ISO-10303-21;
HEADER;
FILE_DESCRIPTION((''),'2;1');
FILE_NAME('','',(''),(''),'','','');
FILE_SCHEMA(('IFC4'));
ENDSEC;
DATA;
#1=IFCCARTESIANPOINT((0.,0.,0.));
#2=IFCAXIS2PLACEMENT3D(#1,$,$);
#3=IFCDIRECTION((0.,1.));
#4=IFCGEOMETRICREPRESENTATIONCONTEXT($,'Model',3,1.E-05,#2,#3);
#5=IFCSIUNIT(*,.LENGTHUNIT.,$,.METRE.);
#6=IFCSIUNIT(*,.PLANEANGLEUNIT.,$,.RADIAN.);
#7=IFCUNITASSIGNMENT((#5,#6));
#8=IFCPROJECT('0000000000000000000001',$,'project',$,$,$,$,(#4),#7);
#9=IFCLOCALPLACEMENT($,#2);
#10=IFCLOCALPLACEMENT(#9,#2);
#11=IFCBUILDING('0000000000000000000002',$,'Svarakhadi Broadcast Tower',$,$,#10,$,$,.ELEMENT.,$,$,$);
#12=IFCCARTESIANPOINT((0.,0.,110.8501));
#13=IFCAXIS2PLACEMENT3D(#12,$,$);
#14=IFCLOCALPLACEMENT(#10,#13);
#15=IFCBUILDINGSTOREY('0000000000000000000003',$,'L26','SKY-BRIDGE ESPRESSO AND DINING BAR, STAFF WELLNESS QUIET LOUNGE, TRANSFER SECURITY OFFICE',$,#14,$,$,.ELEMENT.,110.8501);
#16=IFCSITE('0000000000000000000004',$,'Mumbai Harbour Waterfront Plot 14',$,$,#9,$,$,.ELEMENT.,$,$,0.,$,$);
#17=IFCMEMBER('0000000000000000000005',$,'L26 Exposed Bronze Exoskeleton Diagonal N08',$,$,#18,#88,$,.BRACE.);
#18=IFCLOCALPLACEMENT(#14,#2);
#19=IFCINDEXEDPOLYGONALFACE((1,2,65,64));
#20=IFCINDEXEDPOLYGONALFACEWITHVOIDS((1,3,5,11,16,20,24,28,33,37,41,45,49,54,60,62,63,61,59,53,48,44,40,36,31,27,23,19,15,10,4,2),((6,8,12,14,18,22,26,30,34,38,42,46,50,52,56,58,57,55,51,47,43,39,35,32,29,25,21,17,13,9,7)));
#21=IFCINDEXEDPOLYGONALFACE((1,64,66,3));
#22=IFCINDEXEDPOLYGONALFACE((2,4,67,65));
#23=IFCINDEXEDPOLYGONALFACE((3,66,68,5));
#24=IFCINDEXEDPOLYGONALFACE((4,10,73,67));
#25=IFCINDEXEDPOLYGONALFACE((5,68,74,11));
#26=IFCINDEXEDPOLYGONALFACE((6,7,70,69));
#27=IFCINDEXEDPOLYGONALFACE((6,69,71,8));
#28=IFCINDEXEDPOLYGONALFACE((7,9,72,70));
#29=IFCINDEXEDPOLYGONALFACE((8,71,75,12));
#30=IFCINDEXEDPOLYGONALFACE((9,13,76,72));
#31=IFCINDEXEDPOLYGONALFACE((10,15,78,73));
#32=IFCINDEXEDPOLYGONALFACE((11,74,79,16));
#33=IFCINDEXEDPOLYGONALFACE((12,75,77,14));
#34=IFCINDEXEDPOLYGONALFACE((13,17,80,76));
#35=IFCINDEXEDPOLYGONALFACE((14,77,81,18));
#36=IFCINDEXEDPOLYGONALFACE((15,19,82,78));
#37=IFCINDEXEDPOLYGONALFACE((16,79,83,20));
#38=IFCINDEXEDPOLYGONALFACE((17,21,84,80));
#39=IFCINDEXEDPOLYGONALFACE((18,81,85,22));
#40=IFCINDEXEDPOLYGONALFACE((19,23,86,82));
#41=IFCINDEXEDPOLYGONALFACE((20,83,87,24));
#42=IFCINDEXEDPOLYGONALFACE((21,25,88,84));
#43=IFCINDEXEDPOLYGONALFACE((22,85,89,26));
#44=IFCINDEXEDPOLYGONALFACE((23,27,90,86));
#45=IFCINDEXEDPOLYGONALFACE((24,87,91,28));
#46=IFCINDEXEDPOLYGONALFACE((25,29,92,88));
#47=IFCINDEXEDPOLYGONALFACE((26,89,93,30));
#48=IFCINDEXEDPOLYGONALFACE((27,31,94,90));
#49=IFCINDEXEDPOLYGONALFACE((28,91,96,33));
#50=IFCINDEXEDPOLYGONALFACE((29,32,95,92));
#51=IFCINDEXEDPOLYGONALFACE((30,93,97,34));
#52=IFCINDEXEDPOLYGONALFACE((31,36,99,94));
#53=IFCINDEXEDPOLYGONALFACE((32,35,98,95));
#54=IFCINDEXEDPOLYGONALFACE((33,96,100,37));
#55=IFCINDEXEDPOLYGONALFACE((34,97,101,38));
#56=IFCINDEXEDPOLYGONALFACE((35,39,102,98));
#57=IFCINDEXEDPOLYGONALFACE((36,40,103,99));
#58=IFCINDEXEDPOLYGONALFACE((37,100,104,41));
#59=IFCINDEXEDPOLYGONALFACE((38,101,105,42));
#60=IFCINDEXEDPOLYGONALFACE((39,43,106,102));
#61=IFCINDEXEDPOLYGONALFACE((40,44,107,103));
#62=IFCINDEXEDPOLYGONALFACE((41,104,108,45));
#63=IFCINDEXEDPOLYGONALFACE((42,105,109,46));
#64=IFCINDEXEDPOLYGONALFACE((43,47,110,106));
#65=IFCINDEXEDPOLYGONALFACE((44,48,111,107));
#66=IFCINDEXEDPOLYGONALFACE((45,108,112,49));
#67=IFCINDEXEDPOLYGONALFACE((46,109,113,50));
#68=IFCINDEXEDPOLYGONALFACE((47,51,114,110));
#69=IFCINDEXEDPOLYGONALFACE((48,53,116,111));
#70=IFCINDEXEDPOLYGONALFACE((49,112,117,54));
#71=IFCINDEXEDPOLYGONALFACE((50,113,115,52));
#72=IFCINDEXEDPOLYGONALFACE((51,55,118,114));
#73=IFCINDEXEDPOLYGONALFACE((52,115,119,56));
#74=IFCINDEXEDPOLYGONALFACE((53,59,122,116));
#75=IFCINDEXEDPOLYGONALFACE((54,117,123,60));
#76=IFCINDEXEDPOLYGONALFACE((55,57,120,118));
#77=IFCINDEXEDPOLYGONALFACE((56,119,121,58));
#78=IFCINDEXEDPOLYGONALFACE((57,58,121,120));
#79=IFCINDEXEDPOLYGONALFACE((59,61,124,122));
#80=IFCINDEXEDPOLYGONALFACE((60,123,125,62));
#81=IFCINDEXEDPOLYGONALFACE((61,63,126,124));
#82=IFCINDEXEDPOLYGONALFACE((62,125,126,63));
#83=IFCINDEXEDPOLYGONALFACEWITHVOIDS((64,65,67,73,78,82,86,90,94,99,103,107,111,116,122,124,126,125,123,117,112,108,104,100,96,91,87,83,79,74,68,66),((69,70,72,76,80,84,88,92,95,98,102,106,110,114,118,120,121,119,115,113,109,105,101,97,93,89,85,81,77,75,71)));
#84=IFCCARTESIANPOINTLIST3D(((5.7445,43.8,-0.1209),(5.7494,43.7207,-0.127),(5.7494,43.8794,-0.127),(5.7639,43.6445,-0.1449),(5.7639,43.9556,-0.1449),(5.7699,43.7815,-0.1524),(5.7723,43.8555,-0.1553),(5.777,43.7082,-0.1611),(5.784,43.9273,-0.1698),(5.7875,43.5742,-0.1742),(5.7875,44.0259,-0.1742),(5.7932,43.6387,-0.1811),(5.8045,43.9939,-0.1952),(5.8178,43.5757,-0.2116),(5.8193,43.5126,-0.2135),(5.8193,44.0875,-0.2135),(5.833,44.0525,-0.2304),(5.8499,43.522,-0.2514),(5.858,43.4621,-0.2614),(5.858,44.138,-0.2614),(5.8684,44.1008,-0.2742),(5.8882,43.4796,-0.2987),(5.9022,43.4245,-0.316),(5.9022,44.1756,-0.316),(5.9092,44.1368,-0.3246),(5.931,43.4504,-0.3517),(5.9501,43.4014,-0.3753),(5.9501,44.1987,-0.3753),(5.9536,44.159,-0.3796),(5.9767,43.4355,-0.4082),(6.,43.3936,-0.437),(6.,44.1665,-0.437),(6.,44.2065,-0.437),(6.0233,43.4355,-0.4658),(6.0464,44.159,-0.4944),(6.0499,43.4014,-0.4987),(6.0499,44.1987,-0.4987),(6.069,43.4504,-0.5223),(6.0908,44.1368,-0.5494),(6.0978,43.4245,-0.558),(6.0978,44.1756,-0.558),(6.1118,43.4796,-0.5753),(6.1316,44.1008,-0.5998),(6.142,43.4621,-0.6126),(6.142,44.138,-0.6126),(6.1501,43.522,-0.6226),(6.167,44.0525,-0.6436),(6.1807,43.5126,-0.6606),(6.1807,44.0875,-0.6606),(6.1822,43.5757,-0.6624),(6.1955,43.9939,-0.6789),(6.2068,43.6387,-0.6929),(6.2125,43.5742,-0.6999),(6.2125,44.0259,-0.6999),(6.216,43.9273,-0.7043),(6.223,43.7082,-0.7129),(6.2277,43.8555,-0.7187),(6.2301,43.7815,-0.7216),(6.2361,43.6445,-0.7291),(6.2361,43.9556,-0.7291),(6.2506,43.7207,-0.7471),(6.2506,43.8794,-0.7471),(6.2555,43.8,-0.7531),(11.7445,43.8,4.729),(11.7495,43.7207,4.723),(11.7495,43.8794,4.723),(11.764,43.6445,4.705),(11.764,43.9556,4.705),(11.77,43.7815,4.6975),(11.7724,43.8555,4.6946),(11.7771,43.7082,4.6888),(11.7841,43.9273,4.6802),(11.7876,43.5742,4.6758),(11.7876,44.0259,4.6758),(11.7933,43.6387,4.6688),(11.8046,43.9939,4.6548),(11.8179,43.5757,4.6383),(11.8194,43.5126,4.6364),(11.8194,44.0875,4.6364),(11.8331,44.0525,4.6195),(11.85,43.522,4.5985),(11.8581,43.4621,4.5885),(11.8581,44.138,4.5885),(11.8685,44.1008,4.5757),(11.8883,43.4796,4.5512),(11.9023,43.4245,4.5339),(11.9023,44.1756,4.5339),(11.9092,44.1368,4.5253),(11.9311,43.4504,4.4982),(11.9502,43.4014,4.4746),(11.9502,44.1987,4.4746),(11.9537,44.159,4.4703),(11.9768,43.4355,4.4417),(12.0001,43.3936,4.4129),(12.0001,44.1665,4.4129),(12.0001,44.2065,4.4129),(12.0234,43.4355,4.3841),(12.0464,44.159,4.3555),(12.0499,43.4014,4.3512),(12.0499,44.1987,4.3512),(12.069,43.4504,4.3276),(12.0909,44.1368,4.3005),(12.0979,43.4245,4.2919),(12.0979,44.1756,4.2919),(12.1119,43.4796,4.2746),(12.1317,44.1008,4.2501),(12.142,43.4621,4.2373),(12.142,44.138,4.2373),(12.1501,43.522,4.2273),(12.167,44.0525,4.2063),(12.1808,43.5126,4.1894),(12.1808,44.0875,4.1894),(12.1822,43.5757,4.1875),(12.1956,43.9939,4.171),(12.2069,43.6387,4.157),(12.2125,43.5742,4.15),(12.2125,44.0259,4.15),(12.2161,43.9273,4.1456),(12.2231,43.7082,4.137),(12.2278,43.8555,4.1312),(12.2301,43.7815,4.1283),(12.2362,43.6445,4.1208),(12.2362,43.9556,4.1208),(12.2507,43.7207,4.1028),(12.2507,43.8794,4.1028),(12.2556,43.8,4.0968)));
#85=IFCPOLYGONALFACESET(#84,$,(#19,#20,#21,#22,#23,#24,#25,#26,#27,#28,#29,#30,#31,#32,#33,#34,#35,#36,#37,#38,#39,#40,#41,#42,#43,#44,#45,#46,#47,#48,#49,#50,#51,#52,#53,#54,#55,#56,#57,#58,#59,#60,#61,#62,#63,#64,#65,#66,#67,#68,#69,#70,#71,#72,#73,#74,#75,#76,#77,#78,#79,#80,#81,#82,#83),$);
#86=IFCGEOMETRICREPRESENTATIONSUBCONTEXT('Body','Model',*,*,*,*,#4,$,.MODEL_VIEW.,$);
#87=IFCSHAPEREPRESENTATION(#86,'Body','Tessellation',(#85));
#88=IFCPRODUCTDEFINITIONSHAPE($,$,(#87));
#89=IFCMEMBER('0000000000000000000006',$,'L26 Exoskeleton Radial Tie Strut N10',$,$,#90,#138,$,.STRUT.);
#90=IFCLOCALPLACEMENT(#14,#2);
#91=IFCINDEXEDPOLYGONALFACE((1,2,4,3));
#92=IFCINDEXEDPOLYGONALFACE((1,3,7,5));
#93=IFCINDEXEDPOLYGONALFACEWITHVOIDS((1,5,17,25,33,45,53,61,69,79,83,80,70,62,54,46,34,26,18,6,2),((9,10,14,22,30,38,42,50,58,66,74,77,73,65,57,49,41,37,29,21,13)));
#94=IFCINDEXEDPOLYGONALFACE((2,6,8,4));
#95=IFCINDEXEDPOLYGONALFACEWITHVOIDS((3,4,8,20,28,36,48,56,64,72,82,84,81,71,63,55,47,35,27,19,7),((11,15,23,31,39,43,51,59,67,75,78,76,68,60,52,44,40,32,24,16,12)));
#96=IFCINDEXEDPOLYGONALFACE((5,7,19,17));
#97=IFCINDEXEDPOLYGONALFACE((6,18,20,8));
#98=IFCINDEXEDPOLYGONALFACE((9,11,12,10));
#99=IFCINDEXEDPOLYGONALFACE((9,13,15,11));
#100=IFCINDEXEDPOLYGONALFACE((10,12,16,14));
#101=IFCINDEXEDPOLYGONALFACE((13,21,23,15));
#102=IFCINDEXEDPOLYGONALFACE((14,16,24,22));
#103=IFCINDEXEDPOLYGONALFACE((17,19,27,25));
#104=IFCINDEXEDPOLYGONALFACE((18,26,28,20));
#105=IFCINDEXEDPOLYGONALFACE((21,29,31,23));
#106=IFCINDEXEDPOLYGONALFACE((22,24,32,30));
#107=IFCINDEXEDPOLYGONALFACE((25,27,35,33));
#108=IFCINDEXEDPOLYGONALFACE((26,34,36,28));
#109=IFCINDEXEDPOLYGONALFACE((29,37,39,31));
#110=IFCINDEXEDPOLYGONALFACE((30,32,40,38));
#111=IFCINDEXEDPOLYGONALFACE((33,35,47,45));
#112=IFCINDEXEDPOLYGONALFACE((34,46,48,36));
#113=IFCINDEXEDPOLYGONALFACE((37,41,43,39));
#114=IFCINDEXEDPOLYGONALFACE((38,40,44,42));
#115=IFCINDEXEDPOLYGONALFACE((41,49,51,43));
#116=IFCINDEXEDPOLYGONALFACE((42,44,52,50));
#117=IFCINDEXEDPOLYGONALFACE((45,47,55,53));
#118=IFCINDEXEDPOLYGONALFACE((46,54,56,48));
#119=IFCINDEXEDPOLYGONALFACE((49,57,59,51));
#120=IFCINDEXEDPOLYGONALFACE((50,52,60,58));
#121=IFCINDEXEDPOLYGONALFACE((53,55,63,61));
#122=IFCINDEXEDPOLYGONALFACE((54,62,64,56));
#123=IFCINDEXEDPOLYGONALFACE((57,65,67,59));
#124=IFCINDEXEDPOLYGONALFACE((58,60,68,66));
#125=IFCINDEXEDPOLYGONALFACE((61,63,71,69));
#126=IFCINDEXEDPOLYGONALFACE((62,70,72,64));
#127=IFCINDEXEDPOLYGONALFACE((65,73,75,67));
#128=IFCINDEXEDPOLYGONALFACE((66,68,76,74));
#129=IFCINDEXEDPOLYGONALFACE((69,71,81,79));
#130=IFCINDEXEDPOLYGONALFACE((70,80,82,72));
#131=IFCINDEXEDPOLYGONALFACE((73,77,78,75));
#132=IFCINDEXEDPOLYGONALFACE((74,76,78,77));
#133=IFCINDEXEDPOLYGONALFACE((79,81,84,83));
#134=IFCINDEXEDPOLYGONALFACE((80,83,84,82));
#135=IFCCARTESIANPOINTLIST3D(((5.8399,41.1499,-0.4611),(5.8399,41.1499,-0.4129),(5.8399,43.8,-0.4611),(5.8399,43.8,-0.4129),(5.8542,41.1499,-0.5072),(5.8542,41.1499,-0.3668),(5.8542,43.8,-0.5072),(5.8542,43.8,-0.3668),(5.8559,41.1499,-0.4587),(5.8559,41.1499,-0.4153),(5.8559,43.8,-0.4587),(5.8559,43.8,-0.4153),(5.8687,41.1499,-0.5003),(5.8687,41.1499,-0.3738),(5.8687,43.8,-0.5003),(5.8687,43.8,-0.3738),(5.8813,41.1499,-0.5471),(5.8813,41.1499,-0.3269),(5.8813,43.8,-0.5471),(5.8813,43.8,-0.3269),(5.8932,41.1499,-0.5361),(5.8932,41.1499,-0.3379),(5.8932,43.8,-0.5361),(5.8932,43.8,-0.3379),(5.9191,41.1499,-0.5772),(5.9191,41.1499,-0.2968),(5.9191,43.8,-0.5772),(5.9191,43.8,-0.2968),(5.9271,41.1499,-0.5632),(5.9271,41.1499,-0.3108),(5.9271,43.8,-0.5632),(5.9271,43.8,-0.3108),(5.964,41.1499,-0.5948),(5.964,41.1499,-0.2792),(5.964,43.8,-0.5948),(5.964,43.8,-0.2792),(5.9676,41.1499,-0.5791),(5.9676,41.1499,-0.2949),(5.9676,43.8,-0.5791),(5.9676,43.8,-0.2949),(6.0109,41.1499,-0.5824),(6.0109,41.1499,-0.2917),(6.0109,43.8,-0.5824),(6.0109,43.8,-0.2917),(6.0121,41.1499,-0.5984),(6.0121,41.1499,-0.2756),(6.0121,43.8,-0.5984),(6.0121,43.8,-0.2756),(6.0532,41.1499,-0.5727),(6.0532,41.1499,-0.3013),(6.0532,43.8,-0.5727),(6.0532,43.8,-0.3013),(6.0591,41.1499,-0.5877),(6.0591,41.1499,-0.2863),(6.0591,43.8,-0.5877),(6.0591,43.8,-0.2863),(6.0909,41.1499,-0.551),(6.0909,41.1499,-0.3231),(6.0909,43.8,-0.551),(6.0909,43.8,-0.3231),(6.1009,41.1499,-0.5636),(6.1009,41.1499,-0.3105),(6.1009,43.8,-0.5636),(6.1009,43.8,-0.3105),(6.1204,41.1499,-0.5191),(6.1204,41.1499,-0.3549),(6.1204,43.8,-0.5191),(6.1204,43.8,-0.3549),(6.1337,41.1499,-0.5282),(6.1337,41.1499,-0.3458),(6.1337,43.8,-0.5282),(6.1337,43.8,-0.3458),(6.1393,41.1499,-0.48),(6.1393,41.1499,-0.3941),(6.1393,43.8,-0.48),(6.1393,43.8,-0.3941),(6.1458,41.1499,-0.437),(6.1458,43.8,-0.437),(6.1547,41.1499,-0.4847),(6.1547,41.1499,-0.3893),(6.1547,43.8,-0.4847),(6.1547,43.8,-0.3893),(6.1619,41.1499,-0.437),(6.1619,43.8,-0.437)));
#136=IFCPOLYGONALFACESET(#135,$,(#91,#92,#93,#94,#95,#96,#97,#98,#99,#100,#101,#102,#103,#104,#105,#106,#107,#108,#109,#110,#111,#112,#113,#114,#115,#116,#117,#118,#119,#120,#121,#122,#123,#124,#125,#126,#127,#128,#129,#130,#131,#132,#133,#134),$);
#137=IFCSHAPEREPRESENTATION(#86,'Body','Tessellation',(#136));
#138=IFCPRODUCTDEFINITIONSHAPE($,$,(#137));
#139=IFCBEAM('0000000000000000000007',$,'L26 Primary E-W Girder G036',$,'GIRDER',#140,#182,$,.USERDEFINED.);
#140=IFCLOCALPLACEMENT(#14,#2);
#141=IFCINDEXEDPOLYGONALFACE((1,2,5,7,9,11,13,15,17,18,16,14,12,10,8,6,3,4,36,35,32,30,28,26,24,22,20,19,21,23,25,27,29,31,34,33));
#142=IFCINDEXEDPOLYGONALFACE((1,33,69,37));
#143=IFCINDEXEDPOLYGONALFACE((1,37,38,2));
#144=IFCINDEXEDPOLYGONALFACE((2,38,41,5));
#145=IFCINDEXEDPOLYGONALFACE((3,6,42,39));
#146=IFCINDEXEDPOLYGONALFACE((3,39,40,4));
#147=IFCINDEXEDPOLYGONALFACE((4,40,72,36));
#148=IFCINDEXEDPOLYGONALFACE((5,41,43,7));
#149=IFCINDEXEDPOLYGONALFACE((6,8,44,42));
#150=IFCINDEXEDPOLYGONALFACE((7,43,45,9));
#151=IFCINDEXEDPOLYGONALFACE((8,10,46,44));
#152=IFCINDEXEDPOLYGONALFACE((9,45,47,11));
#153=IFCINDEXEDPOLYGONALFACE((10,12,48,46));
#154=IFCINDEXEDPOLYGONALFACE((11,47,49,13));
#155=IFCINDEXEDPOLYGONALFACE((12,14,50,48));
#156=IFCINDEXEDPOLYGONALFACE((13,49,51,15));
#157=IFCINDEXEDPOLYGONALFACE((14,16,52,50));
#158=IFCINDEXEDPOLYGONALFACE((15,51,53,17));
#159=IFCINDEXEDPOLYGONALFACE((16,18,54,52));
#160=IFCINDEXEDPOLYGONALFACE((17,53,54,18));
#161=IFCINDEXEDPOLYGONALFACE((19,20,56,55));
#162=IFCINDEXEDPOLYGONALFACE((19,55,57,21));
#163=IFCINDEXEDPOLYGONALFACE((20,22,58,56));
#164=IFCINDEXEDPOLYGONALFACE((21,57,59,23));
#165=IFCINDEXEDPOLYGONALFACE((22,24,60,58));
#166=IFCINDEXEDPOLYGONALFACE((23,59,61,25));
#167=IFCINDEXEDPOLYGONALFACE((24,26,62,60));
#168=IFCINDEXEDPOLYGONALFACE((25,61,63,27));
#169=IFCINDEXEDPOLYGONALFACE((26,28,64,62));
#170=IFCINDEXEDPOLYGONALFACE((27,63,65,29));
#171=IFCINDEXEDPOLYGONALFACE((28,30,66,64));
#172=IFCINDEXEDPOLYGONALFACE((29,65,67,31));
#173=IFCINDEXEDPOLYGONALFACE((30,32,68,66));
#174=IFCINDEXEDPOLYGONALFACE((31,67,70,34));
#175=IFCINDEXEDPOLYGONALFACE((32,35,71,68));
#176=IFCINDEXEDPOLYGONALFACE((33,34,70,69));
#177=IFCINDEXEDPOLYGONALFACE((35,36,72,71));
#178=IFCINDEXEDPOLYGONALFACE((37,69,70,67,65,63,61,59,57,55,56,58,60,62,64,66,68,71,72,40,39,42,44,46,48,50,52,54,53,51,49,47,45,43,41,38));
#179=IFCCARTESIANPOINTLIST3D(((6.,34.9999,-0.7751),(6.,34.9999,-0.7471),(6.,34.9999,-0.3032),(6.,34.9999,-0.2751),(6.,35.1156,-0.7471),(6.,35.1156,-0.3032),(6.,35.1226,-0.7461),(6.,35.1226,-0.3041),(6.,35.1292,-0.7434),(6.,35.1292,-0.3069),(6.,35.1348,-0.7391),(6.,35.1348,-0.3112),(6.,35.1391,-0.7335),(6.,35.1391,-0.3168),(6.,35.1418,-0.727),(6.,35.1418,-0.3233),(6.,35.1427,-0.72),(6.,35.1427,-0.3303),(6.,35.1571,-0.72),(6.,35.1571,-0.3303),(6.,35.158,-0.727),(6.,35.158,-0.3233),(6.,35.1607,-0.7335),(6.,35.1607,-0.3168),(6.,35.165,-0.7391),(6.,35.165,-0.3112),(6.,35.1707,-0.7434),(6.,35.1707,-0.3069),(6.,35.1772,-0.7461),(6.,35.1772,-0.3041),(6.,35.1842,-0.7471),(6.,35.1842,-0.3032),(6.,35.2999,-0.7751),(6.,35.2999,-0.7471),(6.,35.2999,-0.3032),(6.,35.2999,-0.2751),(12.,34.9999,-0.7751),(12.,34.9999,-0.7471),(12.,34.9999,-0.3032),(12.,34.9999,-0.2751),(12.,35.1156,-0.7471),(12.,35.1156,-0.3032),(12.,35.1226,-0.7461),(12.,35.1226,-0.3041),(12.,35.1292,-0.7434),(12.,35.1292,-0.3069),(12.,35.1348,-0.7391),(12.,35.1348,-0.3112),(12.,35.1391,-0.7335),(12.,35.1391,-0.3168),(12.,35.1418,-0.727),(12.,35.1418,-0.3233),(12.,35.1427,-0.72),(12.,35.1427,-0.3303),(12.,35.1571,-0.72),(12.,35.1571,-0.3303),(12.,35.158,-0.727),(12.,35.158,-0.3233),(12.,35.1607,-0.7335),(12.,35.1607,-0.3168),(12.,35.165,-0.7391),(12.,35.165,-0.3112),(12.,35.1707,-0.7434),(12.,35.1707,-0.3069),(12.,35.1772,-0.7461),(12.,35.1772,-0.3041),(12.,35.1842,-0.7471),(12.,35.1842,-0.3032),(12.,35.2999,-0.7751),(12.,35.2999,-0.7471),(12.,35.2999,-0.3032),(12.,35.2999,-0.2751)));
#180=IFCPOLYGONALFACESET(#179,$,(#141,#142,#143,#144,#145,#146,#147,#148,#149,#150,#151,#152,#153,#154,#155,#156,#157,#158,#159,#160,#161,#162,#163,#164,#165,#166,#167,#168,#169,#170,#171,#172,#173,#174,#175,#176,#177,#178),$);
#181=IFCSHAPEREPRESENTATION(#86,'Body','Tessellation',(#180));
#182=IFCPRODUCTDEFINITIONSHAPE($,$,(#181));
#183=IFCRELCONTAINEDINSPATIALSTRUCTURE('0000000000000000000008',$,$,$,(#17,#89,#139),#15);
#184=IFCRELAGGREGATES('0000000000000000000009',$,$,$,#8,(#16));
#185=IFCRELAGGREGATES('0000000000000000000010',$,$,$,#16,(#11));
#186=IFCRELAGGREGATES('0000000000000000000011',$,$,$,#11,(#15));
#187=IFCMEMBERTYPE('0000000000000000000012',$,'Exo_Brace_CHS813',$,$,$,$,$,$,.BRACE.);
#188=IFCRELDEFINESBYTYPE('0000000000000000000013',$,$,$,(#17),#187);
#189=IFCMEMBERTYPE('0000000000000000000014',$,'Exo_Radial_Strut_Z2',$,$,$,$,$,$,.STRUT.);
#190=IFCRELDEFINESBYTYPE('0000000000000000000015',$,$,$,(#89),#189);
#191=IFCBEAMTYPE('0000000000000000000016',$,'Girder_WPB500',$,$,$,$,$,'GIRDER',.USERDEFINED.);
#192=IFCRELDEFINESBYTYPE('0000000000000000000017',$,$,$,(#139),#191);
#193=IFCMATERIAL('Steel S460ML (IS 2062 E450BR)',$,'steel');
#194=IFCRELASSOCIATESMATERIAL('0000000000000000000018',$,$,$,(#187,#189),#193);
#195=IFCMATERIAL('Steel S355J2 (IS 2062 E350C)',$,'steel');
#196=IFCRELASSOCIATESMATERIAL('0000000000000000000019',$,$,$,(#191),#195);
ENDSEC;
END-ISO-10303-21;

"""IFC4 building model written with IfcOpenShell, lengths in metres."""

from ifc_helpers import new_model, si_unit, direction, frame, origin, origin_2d, place, context, subcontext, project, spatial, hollow_circle, i_section, extrude, material, material_profile, profile_set, type_object, element, save


model = new_model("IFC4")

# Units and contexts
model_context = context("Model", 3, precision=1e-05, world=origin(), true_north=direction((0.0, 1.0)))
body_context = subcontext(model_context, "Body", "Model", "MODEL_VIEW")
ifc_project = project(units=[si_unit("LENGTHUNIT", "METRE"), si_unit("PLANEANGLEUNIT", "RADIAN")], contexts=[model_context])

# Site, building, storey
site_placement = place(None, origin())
site = spatial("IfcSite", under=ifc_project, at=site_placement, Name="Mumbai Harbour Waterfront Plot 14", CompositionType="ELEMENT", RefElevation=0.0)
building_placement = place(site_placement, origin())
building = spatial("IfcBuilding", under=site, at=building_placement, Name="Svarakhadi Broadcast Tower", CompositionType="ELEMENT")
storey_placement = place(building_placement, frame((0.0, 0.0, 110.8501)))
storey = spatial("IfcBuildingStorey", under=building, at=storey_placement, Name="L26", Description="SKY-BRIDGE ESPRESSO AND DINING BAR, STAFF WELLNESS QUIET LOUNGE, TRANSFER SECURITY OFFICE", CompositionType="ELEMENT", Elevation=110.8501)

# Shared definitions
ifc_material_1 = material(Name="Steel S460ML (IS 2062 E450BR)", Category="steel")

# Shared definitions
ifc_material_2 = material(Name="Steel S355J2 (IS 2062 E350C)", Category="steel")

# Members
ifc_material_profile_1 = material_profile(ifc_material_1, hollow_circle(Radius=0.4065, WallThickness=0.04, at=origin_2d()), Name="CHS 813x40")
ifc_profile_set_1 = profile_set([ifc_material_profile_1], Name="Steel S460ML (IS 2062 E450BR)")
member_type_1 = type_object("IfcMemberType", Name="Exo_Brace_CHS813", PredefinedType="BRACE", material=ifc_profile_set_1)
member_1_placement = place(storey_placement, frame((6.0, 43.8, -0.437), z_axis=(0.777707, 0.0, 0.628627), x_axis=(0.0, 1.0, 0.0)))
element("IfcMember", 1, at=member_1_placement, inside=storey, type_object=member_type_1, Name="L26 Exposed Bronze Exoskeleton Diagonal N08", PredefinedType="BRACE", context=body_context, shape_type="SweptSolid", body=[
    extrude(hollow_circle(Radius=0.4065, WallThickness=0.04, at=origin_2d()), origin(), (0.0, 0.0, 1.0), 7.7151),
])
ifc_material_profile_2 = material_profile(ifc_material_1, hollow_circle(Radius=0.1619, WallThickness=0.0161, at=origin_2d()), Name="CHS 323.9x16")
ifc_profile_set_2 = profile_set([ifc_material_profile_2], Name="Steel S460ML (IS 2062 E450BR)")
member_type_2 = type_object("IfcMemberType", Name="Exo_Radial_Strut_Z2", PredefinedType="STRUT", material=ifc_profile_set_2)
member_2_placement = place(storey_placement, frame((6.0, 43.8, -0.437), z_axis=(0.0, -1.0, 0.0), x_axis=(1.0, 0.0, 0.0)))
element("IfcMember", 2, at=member_2_placement, inside=storey, type_object=member_type_2, Name="L26 Exoskeleton Radial Tie Strut N10", PredefinedType="STRUT", context=body_context, shape_type="SweptSolid", body=[
    extrude(hollow_circle(Radius=0.1619, WallThickness=0.0161, at=origin_2d()), origin(), (0.0, 0.0, 1.0), 2.6501),
])

# Beam
ifc_material_profile_3 = material_profile(ifc_material_2, i_section(OverallWidth=0.3, OverallDepth=0.5, WebThickness=0.0144, FlangeThickness=0.0281, FilletRadius=0.0271, at=origin_2d()), Name="WPB 500x300x187")
ifc_profile_set_3 = profile_set([ifc_material_profile_3], Name="Steel S355J2 (IS 2062 E350C)")
beam_type_1 = type_object("IfcBeamType", Name="Girder_WPB500", ElementType="GIRDER", PredefinedType="USERDEFINED", material=ifc_profile_set_3)
for number, where, z_axis, x_axis, name in (
    (3, (6.0, 35.1499, -0.5251), (1.0, 0.0, 0.0), (0.0, 1.0, 0.0), "L26 Primary E-W Girder G036"),
):
    element("IfcBeam", number, at=place(storey_placement, frame(where, z_axis=z_axis, x_axis=x_axis)), inside=storey, type_object=beam_type_1, Name=name, ObjectType="GIRDER", PredefinedType="USERDEFINED", context=body_context, shape_type="SweptSolid", body=[
        extrude(i_section(OverallWidth=0.3, OverallDepth=0.5, WebThickness=0.0144, FlangeThickness=0.0281, FilletRadius=0.0271, at=origin_2d()), origin(), (0.0, 0.0, 1.0), 6.0),
    ])

save(model, "model.ifc")
